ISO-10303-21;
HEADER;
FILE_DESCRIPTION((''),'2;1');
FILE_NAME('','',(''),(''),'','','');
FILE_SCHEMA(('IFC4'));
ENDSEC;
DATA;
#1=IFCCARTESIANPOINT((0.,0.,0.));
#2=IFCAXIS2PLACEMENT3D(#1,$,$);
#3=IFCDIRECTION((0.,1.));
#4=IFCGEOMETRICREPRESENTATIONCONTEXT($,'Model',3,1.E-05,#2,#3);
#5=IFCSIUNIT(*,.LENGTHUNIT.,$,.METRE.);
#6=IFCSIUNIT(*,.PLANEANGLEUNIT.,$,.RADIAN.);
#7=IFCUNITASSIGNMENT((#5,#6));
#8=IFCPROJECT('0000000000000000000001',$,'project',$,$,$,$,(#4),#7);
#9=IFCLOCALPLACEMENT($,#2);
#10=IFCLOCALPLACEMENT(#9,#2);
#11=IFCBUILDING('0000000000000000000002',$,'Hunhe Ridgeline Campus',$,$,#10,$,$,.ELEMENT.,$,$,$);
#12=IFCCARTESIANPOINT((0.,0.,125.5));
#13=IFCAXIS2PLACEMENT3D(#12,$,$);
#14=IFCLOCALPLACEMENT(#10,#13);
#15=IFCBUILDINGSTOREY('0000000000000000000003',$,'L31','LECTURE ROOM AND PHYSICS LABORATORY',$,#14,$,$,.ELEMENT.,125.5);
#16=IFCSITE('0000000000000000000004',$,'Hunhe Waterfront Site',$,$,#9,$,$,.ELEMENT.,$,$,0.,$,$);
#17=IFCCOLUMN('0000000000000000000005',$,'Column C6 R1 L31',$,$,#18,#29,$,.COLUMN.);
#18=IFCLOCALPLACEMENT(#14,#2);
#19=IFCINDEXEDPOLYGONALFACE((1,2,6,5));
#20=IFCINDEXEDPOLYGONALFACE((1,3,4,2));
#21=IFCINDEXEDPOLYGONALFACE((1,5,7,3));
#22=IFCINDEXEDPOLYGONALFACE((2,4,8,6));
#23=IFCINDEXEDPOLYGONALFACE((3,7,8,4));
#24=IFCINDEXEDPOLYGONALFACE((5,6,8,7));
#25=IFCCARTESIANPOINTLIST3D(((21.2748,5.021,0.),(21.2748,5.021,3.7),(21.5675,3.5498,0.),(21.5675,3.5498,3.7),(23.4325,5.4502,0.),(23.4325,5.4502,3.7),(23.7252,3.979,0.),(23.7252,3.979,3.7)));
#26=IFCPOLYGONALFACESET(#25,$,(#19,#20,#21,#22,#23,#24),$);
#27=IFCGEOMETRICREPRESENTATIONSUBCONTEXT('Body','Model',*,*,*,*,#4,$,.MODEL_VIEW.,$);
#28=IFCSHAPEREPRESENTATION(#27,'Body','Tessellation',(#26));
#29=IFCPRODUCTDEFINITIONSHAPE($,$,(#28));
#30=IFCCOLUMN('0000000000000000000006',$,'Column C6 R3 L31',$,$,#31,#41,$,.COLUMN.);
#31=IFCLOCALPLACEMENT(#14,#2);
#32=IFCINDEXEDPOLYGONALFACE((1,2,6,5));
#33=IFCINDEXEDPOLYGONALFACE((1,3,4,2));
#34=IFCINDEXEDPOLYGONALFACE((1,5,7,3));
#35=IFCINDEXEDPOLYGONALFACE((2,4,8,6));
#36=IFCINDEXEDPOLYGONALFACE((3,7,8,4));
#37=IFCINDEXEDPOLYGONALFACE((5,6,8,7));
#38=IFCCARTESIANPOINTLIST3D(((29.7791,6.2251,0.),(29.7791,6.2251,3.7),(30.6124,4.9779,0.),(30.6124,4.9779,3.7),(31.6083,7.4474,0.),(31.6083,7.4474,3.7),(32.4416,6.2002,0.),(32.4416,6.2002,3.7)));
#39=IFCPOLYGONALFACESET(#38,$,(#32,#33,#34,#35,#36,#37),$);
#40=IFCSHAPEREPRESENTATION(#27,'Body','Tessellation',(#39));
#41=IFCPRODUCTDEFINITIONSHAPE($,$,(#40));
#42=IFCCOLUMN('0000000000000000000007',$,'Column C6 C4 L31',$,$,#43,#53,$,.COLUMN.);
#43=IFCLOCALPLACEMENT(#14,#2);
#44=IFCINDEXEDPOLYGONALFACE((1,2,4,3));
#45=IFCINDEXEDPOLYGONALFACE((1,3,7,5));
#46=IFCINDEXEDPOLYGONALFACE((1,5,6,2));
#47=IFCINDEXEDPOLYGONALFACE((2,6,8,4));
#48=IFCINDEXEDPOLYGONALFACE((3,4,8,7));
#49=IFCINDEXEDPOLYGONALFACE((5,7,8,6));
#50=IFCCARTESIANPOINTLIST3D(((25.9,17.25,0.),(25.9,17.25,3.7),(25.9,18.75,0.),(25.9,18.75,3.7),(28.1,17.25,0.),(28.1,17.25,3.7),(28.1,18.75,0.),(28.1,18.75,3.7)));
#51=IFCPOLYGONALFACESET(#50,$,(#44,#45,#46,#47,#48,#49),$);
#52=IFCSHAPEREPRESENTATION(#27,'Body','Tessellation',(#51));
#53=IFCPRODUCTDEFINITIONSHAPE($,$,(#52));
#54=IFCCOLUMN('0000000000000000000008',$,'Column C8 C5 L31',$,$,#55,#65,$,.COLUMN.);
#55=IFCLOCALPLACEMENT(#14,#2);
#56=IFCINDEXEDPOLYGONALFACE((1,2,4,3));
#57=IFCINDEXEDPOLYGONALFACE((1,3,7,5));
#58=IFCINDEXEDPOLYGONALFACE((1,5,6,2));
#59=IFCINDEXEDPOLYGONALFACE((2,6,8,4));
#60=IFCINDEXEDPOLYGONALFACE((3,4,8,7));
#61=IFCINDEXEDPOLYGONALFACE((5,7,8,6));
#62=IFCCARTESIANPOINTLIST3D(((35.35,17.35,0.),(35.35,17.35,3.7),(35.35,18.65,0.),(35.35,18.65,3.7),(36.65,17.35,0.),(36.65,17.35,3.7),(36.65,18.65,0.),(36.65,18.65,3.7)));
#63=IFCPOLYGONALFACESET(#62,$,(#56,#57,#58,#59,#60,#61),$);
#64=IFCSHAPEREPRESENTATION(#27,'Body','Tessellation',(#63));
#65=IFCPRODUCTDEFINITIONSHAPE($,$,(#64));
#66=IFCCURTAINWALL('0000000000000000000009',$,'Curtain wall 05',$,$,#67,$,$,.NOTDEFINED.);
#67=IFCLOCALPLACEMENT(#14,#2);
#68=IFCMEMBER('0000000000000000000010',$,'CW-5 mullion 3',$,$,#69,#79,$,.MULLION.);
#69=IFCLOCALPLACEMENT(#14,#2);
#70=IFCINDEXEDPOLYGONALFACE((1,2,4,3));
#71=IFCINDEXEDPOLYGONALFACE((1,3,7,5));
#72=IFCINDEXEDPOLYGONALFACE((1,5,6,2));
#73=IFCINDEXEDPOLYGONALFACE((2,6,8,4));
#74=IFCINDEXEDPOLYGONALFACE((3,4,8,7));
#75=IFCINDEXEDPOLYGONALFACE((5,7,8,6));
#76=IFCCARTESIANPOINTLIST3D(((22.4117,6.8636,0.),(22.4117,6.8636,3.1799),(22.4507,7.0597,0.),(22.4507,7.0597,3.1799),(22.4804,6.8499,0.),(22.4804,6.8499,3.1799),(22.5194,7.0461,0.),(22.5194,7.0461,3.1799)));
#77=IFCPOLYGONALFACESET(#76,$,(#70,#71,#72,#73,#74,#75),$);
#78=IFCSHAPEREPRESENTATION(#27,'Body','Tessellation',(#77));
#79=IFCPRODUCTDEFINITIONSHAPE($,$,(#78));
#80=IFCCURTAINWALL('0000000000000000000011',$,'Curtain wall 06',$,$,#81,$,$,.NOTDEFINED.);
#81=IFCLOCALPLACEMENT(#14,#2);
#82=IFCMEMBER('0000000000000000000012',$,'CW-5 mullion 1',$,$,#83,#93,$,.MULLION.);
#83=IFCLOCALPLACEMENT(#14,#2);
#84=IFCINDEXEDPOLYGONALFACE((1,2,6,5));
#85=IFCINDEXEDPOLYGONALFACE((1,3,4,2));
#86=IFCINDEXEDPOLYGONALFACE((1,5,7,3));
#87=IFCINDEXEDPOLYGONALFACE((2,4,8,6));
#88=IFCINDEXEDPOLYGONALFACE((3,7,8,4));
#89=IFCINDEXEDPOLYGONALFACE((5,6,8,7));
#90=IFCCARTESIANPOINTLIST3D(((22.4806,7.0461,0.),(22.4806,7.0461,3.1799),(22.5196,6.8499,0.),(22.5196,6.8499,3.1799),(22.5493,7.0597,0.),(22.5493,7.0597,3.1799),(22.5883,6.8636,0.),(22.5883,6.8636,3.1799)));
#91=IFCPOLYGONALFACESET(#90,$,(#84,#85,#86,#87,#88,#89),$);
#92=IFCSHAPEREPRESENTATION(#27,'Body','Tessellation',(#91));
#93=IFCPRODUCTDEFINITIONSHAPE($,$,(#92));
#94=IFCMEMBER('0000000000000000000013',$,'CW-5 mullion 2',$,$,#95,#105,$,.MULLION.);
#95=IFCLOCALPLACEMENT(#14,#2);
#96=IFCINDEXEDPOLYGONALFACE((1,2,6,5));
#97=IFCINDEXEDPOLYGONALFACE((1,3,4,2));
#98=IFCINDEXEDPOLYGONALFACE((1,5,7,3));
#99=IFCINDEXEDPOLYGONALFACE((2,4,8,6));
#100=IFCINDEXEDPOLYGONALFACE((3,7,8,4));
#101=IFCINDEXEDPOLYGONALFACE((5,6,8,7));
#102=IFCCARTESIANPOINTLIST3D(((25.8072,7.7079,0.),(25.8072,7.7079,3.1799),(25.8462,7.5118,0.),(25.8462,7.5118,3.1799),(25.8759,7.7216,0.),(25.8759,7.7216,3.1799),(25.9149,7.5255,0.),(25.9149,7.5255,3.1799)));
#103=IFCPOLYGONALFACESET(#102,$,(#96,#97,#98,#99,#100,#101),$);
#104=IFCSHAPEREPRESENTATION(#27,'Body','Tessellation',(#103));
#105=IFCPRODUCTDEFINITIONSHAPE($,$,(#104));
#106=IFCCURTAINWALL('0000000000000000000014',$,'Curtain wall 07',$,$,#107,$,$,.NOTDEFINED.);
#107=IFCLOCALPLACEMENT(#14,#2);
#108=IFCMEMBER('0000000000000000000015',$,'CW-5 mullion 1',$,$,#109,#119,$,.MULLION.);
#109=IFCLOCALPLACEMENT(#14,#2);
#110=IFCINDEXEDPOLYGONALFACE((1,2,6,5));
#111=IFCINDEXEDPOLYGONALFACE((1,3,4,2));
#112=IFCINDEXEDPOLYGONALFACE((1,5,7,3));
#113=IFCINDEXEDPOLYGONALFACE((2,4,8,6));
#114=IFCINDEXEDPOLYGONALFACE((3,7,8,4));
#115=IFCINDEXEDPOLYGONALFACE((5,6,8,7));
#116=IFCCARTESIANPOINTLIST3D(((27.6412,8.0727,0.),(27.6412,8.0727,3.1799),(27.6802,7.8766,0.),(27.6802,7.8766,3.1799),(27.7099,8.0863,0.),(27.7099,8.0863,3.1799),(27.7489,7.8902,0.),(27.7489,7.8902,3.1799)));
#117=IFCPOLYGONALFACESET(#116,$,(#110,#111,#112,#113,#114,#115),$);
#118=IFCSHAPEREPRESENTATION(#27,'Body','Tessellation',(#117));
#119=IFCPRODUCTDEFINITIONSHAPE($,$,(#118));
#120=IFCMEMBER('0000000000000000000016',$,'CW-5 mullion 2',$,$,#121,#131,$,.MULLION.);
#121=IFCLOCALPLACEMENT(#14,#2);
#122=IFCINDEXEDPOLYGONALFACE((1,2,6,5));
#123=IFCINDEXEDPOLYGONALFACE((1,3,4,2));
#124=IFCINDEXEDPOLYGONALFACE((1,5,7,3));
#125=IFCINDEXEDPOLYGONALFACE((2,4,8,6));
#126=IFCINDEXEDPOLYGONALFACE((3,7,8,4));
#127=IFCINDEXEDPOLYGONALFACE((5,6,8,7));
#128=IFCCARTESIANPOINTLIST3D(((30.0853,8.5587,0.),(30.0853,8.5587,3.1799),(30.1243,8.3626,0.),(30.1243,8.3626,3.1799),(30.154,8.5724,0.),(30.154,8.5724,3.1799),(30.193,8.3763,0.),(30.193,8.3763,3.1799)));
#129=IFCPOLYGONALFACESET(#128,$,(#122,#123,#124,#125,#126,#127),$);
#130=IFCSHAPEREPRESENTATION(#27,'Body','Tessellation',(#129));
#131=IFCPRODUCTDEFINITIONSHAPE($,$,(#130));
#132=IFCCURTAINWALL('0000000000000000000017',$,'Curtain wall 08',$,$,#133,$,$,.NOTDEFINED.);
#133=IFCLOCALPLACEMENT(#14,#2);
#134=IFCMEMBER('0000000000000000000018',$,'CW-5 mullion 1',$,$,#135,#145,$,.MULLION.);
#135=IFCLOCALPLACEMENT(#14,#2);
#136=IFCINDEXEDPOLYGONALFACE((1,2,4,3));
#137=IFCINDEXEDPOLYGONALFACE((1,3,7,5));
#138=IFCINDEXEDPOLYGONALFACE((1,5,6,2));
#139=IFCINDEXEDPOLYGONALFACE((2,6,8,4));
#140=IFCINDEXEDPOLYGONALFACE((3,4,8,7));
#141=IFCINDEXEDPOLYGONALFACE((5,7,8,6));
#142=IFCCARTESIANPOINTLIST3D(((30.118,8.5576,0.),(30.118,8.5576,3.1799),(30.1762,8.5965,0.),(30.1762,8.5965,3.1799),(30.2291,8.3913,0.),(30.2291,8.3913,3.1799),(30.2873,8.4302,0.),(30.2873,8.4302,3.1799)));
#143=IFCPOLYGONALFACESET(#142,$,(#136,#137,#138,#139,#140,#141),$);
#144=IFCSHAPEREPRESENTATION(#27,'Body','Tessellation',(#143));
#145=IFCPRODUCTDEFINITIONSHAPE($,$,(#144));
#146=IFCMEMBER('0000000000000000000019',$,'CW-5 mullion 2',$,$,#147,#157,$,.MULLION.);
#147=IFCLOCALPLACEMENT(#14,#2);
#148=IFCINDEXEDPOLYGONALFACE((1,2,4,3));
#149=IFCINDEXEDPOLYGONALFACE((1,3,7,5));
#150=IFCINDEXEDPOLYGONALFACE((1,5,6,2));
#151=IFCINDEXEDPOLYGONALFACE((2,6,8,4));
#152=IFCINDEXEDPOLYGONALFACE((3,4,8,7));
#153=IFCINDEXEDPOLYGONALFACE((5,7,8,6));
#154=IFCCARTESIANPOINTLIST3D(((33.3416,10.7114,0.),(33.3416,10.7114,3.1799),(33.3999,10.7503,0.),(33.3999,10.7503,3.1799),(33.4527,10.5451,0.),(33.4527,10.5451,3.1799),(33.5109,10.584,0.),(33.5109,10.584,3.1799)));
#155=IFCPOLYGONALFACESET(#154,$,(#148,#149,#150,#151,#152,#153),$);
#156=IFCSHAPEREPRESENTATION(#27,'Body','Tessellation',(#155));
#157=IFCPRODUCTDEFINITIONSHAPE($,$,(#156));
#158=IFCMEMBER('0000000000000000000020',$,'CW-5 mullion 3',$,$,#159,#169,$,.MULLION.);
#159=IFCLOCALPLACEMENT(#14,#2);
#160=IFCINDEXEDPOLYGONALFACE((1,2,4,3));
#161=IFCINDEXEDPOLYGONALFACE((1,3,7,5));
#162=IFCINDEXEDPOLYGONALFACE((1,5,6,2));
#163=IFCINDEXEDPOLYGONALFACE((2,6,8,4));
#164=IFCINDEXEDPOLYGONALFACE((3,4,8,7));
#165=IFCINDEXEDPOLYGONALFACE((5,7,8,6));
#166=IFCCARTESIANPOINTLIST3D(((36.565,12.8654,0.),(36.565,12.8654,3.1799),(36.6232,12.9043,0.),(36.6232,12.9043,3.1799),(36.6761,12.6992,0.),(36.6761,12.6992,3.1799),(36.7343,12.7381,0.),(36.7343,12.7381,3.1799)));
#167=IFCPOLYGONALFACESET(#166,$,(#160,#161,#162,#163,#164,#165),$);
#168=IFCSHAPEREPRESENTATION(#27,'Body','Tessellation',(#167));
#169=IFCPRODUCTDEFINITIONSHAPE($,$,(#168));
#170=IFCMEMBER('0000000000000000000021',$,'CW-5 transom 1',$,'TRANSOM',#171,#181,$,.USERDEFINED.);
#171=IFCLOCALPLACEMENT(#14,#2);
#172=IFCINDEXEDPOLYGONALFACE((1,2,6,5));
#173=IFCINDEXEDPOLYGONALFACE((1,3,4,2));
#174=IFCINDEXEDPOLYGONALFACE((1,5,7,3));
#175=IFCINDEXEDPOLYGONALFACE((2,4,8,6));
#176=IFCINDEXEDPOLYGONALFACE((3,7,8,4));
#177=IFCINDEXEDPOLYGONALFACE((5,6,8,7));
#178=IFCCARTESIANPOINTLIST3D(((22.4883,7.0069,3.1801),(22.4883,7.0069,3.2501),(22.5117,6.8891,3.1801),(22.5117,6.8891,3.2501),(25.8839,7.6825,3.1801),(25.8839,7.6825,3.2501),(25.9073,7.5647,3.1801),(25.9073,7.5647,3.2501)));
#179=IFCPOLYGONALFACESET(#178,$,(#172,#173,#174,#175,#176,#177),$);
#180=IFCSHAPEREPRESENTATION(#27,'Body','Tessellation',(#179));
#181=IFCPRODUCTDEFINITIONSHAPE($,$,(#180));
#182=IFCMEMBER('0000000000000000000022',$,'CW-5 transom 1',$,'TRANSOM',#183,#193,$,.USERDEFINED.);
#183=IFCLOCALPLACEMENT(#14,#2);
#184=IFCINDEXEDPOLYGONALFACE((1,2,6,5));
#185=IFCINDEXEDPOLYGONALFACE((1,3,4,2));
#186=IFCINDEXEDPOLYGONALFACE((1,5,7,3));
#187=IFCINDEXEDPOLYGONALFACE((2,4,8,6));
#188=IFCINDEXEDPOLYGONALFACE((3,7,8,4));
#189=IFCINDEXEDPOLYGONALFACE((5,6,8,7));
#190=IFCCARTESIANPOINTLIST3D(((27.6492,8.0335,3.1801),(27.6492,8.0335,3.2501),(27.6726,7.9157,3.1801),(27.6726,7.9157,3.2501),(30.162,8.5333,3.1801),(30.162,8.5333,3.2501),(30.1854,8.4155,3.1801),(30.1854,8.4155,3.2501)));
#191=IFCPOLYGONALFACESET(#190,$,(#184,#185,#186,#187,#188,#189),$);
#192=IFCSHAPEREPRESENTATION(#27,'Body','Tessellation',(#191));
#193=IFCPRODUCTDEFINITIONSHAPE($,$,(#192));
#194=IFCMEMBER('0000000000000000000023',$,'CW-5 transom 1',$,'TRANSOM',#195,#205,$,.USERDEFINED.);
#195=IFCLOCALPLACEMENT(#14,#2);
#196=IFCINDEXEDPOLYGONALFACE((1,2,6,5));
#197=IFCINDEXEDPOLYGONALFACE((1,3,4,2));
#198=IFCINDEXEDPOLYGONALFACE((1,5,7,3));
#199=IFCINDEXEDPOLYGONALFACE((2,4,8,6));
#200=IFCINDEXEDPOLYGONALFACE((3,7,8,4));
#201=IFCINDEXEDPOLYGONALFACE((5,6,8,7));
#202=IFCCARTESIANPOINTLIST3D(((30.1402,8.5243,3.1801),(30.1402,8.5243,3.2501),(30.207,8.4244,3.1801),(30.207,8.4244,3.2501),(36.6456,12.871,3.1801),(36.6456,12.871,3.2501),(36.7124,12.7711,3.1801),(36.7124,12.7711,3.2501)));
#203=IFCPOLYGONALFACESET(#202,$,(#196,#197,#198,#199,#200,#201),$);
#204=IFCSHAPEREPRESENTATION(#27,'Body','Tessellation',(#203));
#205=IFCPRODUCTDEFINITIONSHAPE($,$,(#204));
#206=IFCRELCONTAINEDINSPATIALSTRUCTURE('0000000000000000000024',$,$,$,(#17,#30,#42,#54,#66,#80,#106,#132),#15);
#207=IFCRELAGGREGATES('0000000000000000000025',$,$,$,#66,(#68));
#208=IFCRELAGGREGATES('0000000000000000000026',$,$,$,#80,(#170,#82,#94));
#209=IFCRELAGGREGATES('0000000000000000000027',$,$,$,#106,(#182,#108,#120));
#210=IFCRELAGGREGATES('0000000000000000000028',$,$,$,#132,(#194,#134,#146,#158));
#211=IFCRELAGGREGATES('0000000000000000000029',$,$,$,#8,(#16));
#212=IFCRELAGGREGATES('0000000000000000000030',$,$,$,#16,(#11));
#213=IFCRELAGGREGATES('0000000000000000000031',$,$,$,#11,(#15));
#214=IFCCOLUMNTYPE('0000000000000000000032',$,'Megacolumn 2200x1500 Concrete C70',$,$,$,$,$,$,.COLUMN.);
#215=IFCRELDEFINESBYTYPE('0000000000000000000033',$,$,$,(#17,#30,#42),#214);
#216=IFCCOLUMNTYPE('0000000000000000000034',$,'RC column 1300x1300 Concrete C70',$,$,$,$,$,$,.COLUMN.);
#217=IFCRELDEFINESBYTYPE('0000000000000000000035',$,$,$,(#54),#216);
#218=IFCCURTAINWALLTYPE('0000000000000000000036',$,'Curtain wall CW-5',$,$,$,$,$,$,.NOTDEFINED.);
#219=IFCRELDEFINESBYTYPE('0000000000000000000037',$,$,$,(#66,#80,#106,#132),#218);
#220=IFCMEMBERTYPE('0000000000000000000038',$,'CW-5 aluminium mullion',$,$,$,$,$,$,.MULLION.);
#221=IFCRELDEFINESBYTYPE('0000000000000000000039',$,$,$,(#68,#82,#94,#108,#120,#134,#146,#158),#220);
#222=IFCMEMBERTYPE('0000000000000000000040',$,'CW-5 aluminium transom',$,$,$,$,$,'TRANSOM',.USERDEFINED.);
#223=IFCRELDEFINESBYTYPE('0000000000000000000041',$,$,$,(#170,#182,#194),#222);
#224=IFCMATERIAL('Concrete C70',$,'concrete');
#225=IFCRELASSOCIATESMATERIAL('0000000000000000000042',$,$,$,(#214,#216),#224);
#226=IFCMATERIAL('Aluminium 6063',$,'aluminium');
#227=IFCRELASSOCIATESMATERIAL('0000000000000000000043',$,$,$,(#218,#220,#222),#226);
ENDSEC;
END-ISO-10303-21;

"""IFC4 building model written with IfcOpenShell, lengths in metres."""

from ifc_helpers import new_model, si_unit, direction, frame, origin, origin_2d, place, context, subcontext, project, spatial, rectangle, extrude, material, material_profile, profile_set, type_object, element, aggregate, save


model = new_model("IFC4")

# Units and contexts
model_context = context("Model", 3, precision=1e-05, world=origin(), true_north=direction((0.0, 1.0)))
body_context = subcontext(model_context, "Body", "Model", "MODEL_VIEW")
ifc_project = project(units=[si_unit("LENGTHUNIT", "METRE"), si_unit("PLANEANGLEUNIT", "RADIAN")], contexts=[model_context])

# Site, building, storey
site_placement = place(None, origin())
site = spatial("IfcSite", under=ifc_project, at=site_placement, Name="Hunhe Waterfront Site", CompositionType="ELEMENT", RefElevation=0.0)
building_placement = place(site_placement, origin())
building = spatial("IfcBuilding", under=site, at=building_placement, Name="Hunhe Ridgeline Campus", CompositionType="ELEMENT")
storey_placement = place(building_placement, frame((0.0, 0.0, 125.5)))
storey = spatial("IfcBuildingStorey", under=building, at=storey_placement, Name="L31", Description="LECTURE ROOM AND PHYSICS LABORATORY", CompositionType="ELEMENT", Elevation=125.5)

# Columns
ifc_material_1 = material(Name="Concrete C70", Category="concrete")
ifc_material_profile_1 = material_profile(ifc_material_1, rectangle(XDim=2.2, YDim=1.5, at=origin_2d()))
ifc_profile_set_1 = profile_set([ifc_material_profile_1], Name="Concrete C70")
column_type_1 = type_object("IfcColumnType", Name="Megacolumn 2200x1500 Concrete C70", PredefinedType="COLUMN", material=ifc_profile_set_1)
for number, where, z_axis, x_axis, name in (
    (1, (22.5, 4.5, 0.0), (0.0, 0.0, 1.0), (0.980785, 0.19509, 0.0), "Column C6 R1 L31"),
    (2, (31.1104, 6.2126, 0.0), (0.0, 0.0, 1.0), (0.83147, 0.55557, 0.0), "Column C6 R3 L31"),
    (3, (27.0, 18.0, 0.0), (0.0, 0.0, 1.0), (1.0, 0.0, 0.0), "Column C6 C4 L31"),
):
    element("IfcColumn", number, at=place(storey_placement, frame(where, z_axis=z_axis, x_axis=x_axis)), inside=storey, type_object=column_type_1, Name=name, PredefinedType="COLUMN", context=body_context, shape_type="SweptSolid", body=[
        extrude(rectangle(XDim=2.2, YDim=1.5, at=origin_2d()), origin(), (0.0, 0.0, 1.0), 3.7),
    ])
ifc_material_profile_2 = material_profile(ifc_material_1, rectangle(XDim=1.3, YDim=1.3, at=origin_2d()))
ifc_profile_set_2 = profile_set([ifc_material_profile_2], Name="Concrete C70")
column_type_2 = type_object("IfcColumnType", Name="RC column 1300x1300 Concrete C70", PredefinedType="COLUMN", material=ifc_profile_set_2)
column_placement = place(storey_placement, frame((36.0, 18.0, 0.0), z_axis=(0.0, 0.0, 1.0), x_axis=(1.0, 0.0, 0.0)))
element("IfcColumn", 4, at=column_placement, inside=storey, type_object=column_type_2, Name="Column C8 C5 L31", PredefinedType="COLUMN", context=body_context, shape_type="SweptSolid", body=[
    extrude(rectangle(XDim=1.3, YDim=1.3, at=origin_2d()), origin(), (0.0, 0.0, 1.0), 3.7),
])

# Curtain wall, member
ifc_material_2 = material(Name="Aluminium 6063", Category="aluminium")
curtain_wall_type = type_object("IfcCurtainWallType", Name="Curtain wall CW-5", PredefinedType="NOTDEFINED", material=ifc_material_2)
curtain_wall_1_placement = place(storey_placement, origin())
curtain_wall_1 = element("IfcCurtainWall", 5, at=curtain_wall_1_placement, inside=storey, type_object=curtain_wall_type, Name="Curtain wall 05", PredefinedType="NOTDEFINED")
ifc_material_profile_3 = material_profile(ifc_material_2, rectangle(XDim=0.2, YDim=0.0701, at=origin_2d()))
ifc_profile_set_3 = profile_set([ifc_material_profile_3], Name="Aluminium 6063")
member_type_1 = type_object("IfcMemberType", Name="CW-5 aluminium mullion", PredefinedType="MULLION", material=ifc_profile_set_3)
member_1_placement = place(storey_placement, frame((22.4656, 6.9548, 0.0), z_axis=(0.0, 0.0, 1.0), x_axis=(0.19509, 0.980785, 0.0)))
member_1 = element("IfcMember", 6, at=member_1_placement, type_object=member_type_1, Name="CW-5 mullion 3", PredefinedType="MULLION", context=body_context, shape_type="SweptSolid", body=[
    extrude(rectangle(XDim=0.2, YDim=0.0701, at=origin_2d()), origin(), (0.0, 0.0, 1.0), 3.1799),
])
aggregate(curtain_wall_1, [member_1])

# Curtain walls, members
curtain_wall_2_placement = place(storey_placement, origin())
curtain_wall_2 = element("IfcCurtainWall", 7, at=curtain_wall_2_placement, inside=storey, type_object=curtain_wall_type, Name="Curtain wall 06", PredefinedType="NOTDEFINED")
member_2_placement = place(storey_placement, frame((22.5344, 6.9548, 0.0), z_axis=(0.0, 0.0, 1.0), x_axis=(-0.19509, 0.980785, 0.0)))
member_2 = element("IfcMember", 8, at=member_2_placement, type_object=member_type_1, Name="CW-5 mullion 1", PredefinedType="MULLION", context=body_context, shape_type="SweptSolid", body=[
    extrude(rectangle(XDim=0.2, YDim=0.0701, at=origin_2d()), origin(), (0.0, 0.0, 1.0), 3.1799),
])
member_3_placement = place(storey_placement, frame((25.8611, 7.6167, 0.0), z_axis=(0.0, 0.0, 1.0), x_axis=(-0.19509, 0.980785, 0.0)))
member_3 = element("IfcMember", 9, at=member_3_placement, type_object=member_type_1, Name="CW-5 mullion 2", PredefinedType="MULLION", context=body_context, shape_type="SweptSolid", body=[
    extrude(rectangle(XDim=0.2, YDim=0.0701, at=origin_2d()), origin(), (0.0, 0.0, 1.0), 3.1799),
])
curtain_wall_3_placement = place(storey_placement, origin())
curtain_wall_3 = element("IfcCurtainWall", 10, at=curtain_wall_3_placement, inside=storey, type_object=curtain_wall_type, Name="Curtain wall 07", PredefinedType="NOTDEFINED")
member_4_placement = place(storey_placement, frame((27.6951, 7.9814, 0.0), z_axis=(0.0, 0.0, 1.0), x_axis=(-0.195091, 0.980785, 0.0)))
member_4 = element("IfcMember", 11, at=member_4_placement, type_object=member_type_1, Name="CW-5 mullion 1", PredefinedType="MULLION", context=body_context, shape_type="SweptSolid", body=[
    extrude(rectangle(XDim=0.2, YDim=0.0701, at=origin_2d()), origin(), (0.0, 0.0, 1.0), 3.1799),
])
member_5_placement = place(storey_placement, frame((30.1392, 8.4675, 0.0), z_axis=(0.0, 0.0, 1.0), x_axis=(-0.195091, 0.980785, 0.0)))
member_5 = element("IfcMember", 12, at=member_5_placement, type_object=member_type_1, Name="CW-5 mullion 2", PredefinedType="MULLION", context=body_context, shape_type="SweptSolid", body=[
    extrude(rectangle(XDim=0.2, YDim=0.0701, at=origin_2d()), origin(), (0.0, 0.0, 1.0), 3.1799),
])
curtain_wall_4_placement = place(storey_placement, origin())
curtain_wall_4 = element("IfcCurtainWall", 13, at=curtain_wall_4_placement, inside=storey, type_object=curtain_wall_type, Name="Curtain wall 08", PredefinedType="NOTDEFINED")
member_6_placement = place(storey_placement, frame((30.2026, 8.4939, 0.0), z_axis=(0.0, 0.0, 1.0), x_axis=(-0.55557, 0.83147, 0.0)))
member_6 = element("IfcMember", 14, at=member_6_placement, type_object=member_type_1, Name="CW-5 mullion 1", PredefinedType="MULLION", context=body_context, shape_type="SweptSolid", body=[
    extrude(rectangle(XDim=0.2, YDim=0.0701, at=origin_2d()), origin(), (0.0, 0.0, 1.0), 3.1799),
])
member_7_placement = place(storey_placement, frame((33.4263, 10.6477, 0.0), z_axis=(0.0, 0.0, 1.0), x_axis=(-0.55557, 0.83147, 0.0)))
member_7 = element("IfcMember", 15, at=member_7_placement, type_object=member_type_1, Name="CW-5 mullion 2", PredefinedType="MULLION", context=body_context, shape_type="SweptSolid", body=[
    extrude(rectangle(XDim=0.2, YDim=0.0701, at=origin_2d()), origin(), (0.0, 0.0, 1.0), 3.1799),
])
member_8_placement = place(storey_placement, frame((36.6497, 12.8018, 0.0), z_axis=(0.0, 0.0, 1.0), x_axis=(-0.55557, 0.83147, 0.0)))
member_8 = element("IfcMember", 16, at=member_8_placement, type_object=member_type_1, Name="CW-5 mullion 3", PredefinedType="MULLION", context=body_context, shape_type="SweptSolid", body=[
    extrude(rectangle(XDim=0.2, YDim=0.0701, at=origin_2d()), origin(), (0.0, 0.0, 1.0), 3.1799),
])

# Members
ifc_material_profile_4 = material_profile(ifc_material_2, rectangle(XDim=0.1201, YDim=0.0701, at=origin_2d()))
ifc_profile_set_4 = profile_set([ifc_material_profile_4], Name="Aluminium 6063")
member_type_2 = type_object("IfcMemberType", Name="CW-5 aluminium transom", ElementType="TRANSOM", PredefinedType="USERDEFINED", material=ifc_profile_set_4)
member_9_placement = place(storey_placement, frame((22.5, 6.948, 3.2151), z_axis=(0.980778, 0.195126, 0.0), x_axis=(-0.195126, 0.980778, 0.0)))
member_9 = element("IfcMember", 17, at=member_9_placement, type_object=member_type_2, Name="CW-5 transom 1", ObjectType="TRANSOM", PredefinedType="USERDEFINED", context=body_context, shape_type="SweptSolid", body=[
    extrude(rectangle(XDim=0.1201, YDim=0.0701, at=origin_2d()), origin(), (0.0, 0.0, 1.0), 3.4622),
])
member_10_placement = place(storey_placement, frame((27.6609, 7.9746, 3.2151), z_axis=(0.980789, 0.195071, 0.0), x_axis=(-0.195071, 0.980789, 0.0)))
member_10 = element("IfcMember", 18, at=member_10_placement, type_object=member_type_2, Name="CW-5 transom 1", ObjectType="TRANSOM", PredefinedType="USERDEFINED", context=body_context, shape_type="SweptSolid", body=[
    extrude(rectangle(XDim=0.1201, YDim=0.0701, at=origin_2d()), origin(), (0.0, 0.0, 1.0), 2.562),
])
member_11_placement = place(storey_placement, frame((30.1736, 8.4744, 3.2151), z_axis=(0.831474, 0.555564, 0.0), x_axis=(-0.555564, 0.831474, 0.0)))
member_11 = element("IfcMember", 19, at=member_11_placement, type_object=member_type_2, Name="CW-5 transom 1", ObjectType="TRANSOM", PredefinedType="USERDEFINED", context=body_context, shape_type="SweptSolid", body=[
    extrude(rectangle(XDim=0.1201, YDim=0.0701, at=origin_2d()), origin(), (0.0, 0.0, 1.0), 7.824),
])

aggregate(curtain_wall_2, [member_9, member_2, member_3])
aggregate(curtain_wall_3, [member_10, member_4, member_5])
aggregate(curtain_wall_4, [member_11, member_6, member_7, member_8])

save(model, "model.ifc")
